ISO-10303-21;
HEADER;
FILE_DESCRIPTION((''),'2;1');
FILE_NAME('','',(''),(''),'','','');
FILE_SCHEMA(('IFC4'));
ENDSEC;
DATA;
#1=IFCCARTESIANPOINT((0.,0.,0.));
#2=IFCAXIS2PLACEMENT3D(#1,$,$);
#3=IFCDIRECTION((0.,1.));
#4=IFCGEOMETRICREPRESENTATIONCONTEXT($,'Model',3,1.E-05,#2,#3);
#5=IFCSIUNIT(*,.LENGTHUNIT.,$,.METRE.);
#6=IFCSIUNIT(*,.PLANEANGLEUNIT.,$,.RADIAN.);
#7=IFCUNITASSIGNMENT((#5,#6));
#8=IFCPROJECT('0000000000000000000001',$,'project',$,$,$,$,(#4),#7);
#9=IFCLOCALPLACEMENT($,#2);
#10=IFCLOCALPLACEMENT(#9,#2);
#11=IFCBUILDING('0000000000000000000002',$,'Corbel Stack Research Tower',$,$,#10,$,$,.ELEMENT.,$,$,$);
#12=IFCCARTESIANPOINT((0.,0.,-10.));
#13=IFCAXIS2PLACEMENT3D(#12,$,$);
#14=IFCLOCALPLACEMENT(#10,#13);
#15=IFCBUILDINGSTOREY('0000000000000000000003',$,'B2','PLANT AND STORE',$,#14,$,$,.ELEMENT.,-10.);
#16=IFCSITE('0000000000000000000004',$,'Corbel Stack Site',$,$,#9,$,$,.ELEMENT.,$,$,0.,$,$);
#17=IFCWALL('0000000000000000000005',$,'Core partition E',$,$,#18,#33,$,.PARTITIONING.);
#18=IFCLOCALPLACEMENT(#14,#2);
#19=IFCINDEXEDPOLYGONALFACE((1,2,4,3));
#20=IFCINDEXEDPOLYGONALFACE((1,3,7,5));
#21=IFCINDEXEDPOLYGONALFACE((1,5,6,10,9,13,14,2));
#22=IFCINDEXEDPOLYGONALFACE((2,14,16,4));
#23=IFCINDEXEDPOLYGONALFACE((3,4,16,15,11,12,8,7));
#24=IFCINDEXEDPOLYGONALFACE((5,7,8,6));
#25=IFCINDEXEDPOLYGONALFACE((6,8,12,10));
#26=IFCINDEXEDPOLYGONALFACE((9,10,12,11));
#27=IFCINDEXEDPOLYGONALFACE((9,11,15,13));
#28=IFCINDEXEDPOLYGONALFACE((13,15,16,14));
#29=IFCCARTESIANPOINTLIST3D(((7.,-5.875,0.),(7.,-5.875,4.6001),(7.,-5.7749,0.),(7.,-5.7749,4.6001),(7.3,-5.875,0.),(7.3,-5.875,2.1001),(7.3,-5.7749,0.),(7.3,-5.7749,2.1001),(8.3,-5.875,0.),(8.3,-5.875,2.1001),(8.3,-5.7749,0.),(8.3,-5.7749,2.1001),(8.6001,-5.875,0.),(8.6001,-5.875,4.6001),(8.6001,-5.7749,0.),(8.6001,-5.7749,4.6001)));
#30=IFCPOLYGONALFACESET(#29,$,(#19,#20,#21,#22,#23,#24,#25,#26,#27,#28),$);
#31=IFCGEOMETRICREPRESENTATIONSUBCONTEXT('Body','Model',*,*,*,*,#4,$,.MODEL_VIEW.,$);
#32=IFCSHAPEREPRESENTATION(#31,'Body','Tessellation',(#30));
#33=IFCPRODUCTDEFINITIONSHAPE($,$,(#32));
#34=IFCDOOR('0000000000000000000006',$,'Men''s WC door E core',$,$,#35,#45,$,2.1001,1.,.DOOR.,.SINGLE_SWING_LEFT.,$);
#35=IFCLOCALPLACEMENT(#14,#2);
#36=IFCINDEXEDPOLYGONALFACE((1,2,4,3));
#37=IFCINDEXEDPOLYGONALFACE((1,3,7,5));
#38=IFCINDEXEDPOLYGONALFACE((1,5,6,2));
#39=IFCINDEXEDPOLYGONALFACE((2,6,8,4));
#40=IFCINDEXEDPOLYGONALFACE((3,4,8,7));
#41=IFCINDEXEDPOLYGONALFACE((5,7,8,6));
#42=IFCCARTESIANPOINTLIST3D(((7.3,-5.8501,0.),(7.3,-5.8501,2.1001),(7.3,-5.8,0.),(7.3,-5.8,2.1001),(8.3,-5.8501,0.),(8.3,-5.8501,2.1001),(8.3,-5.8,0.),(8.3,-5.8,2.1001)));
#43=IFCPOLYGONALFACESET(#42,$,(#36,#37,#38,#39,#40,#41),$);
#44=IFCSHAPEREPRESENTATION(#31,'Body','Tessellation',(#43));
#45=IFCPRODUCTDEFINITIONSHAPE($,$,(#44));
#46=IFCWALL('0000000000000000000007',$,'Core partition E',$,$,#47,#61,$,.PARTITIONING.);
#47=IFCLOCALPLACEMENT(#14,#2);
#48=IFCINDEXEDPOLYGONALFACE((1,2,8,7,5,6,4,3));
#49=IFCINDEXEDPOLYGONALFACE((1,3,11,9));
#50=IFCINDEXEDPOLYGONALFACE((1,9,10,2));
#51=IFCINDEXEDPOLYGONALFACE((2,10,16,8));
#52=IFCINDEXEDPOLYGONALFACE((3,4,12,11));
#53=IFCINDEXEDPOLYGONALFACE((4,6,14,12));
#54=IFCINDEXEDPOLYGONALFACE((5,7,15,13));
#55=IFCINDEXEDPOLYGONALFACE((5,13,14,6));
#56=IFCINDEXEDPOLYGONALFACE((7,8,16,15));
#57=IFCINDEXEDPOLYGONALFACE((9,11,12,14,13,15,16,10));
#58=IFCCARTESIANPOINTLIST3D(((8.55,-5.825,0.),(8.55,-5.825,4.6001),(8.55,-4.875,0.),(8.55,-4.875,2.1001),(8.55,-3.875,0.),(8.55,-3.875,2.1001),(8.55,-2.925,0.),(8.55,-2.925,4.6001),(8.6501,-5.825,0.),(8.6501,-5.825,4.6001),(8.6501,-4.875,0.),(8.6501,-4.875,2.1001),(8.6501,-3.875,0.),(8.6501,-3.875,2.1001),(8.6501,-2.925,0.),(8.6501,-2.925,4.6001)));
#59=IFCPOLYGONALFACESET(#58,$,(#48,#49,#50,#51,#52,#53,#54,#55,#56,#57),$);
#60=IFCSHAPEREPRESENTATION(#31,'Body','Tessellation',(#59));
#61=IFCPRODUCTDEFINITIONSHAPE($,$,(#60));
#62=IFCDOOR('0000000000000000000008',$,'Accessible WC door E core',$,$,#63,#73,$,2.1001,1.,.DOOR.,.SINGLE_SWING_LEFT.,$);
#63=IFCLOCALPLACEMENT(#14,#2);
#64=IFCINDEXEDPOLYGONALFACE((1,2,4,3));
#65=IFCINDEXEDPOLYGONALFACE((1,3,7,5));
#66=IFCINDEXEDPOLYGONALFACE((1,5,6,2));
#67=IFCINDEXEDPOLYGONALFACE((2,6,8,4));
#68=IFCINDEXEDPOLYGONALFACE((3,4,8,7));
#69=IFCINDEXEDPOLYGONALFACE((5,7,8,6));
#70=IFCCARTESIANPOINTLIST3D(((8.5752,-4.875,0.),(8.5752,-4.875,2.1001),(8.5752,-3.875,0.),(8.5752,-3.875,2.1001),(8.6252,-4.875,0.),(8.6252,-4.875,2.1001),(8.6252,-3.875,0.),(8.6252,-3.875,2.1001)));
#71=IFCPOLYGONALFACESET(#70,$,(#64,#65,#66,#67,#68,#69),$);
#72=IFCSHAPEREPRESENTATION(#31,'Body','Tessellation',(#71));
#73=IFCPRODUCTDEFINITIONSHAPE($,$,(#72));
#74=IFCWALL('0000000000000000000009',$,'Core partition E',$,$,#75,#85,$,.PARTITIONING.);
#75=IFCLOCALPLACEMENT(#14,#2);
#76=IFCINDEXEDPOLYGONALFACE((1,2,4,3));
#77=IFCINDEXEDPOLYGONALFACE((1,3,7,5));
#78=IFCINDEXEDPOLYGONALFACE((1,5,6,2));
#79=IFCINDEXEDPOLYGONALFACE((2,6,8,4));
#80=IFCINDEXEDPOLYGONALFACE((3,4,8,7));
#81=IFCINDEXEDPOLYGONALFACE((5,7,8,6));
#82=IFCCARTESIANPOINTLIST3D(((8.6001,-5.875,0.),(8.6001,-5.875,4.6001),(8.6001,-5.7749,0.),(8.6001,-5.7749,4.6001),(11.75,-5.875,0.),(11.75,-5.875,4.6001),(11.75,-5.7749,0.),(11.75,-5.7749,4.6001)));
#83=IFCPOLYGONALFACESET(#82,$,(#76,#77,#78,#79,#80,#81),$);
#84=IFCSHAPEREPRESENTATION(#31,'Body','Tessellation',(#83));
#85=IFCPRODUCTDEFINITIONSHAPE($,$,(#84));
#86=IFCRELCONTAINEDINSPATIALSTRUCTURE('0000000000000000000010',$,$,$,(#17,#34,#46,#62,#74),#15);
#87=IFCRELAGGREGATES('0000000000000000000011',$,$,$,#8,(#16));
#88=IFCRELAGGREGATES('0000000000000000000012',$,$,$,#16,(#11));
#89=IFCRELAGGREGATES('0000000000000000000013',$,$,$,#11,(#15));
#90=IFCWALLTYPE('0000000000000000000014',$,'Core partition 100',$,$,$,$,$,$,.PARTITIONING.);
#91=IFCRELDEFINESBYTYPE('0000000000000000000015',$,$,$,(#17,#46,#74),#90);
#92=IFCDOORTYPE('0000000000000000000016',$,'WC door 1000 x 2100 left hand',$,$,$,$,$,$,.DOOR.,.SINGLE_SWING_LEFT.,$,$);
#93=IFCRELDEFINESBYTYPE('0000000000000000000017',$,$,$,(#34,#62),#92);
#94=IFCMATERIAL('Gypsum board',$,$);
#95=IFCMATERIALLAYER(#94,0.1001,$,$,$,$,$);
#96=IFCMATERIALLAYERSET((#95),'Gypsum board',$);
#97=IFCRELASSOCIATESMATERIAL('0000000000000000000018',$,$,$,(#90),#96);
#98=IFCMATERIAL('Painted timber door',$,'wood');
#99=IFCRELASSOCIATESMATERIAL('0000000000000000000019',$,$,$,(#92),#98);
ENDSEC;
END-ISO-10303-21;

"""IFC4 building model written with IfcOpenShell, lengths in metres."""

from ifc_helpers import new_model, si_unit, direction, frame, frame_2d, origin, place, context, subcontext, project, spatial, rectangle, extrude, material, layer, layer_set, type_object, element, fill, save


model = new_model("IFC4")

# Units and contexts
model_context = context("Model", 3, precision=1e-05, world=origin(), true_north=direction((0.0, 1.0)))
body_context = subcontext(model_context, "Body", "Model", "MODEL_VIEW")
ifc_project = project(units=[si_unit("LENGTHUNIT", "METRE"), si_unit("PLANEANGLEUNIT", "RADIAN")], contexts=[model_context])

# Site, building, storey
site_placement = place(None, origin())
site = spatial("IfcSite", under=ifc_project, at=site_placement, Name="Corbel Stack Site", CompositionType="ELEMENT", RefElevation=0.0)
building_placement = place(site_placement, origin())
building = spatial("IfcBuilding", under=site, at=building_placement, Name="Corbel Stack Research Tower", CompositionType="ELEMENT")
storey_placement = place(building_placement, frame((0.0, 0.0, -10.0)))
storey = spatial("IfcBuildingStorey", under=building, at=storey_placement, Name="B2", Description="PLANT AND STORE", CompositionType="ELEMENT", Elevation=-10.0)

# Walls, openings, doors
ifc_material_1 = material(Name="Gypsum board")
ifc_layer_1 = layer(ifc_material_1, 0.1001)
ifc_layer_set_1 = layer_set([ifc_layer_1], Name="Gypsum board")
wall_type_1 = type_object("IfcWallType", Name="Core partition 100", PredefinedType="PARTITIONING", material=ifc_layer_set_1)
wall_1_placement = place(storey_placement, frame((7.0, -5.825, 0.0), z_axis=(0.0, 0.0, 1.0), x_axis=(1.0, 0.0, 0.0)))
wall_1 = element("IfcWall", 1, at=wall_1_placement, inside=storey, type_object=wall_type_1, Name="Core partition E", PredefinedType="PARTITIONING", context=body_context, shape_type="SweptSolid", body=[
    extrude(rectangle(XDim=1.6001, YDim=0.1001, at=frame_2d((0.8, 0.0))), origin(), (0.0, 0.0, 1.0), 4.6001),
])
opening_1_placement = place(wall_1_placement, frame((0.3, 0.0, 0.0)))
opening_1 = element("IfcOpeningElement", 2, at=opening_1_placement, cuts=wall_1, PredefinedType="OPENING", context=body_context, shape_type="SweptSolid", body=[
    extrude(rectangle(XDim=1.0, YDim=2.1001, at=frame_2d((0.5, 1.05))), frame((0.0, 0.0601, 0.0), z_axis=(0.0, -1.0, 0.0), x_axis=(1.0, 0.0, 0.0)), (0.0, 0.0, 1.0), 0.1201),
])
ifc_material_2 = material(Name="Painted timber door", Category="wood")
door_type_1 = type_object("IfcDoorType", Name="WC door 1000 x 2100 left hand", OperationType="SINGLE_SWING_LEFT", PredefinedType="DOOR", material=ifc_material_2)
door_1_placement = place(opening_1_placement, origin())
door_1 = element("IfcDoor", 3, at=door_1_placement, inside=storey, type_object=door_type_1, Name="Men's WC door E core", OperationType="SINGLE_SWING_LEFT", OverallHeight=2.1001, OverallWidth=1.0, PredefinedType="DOOR", context=body_context, shape_type="SweptSolid", body=[
    extrude(rectangle(XDim=1.0, YDim=2.1001, at=frame_2d((0.5, 1.05))), frame((0.0, 0.0249, 0.0), z_axis=(0.0, -1.0, 0.0), x_axis=(1.0, 0.0, 0.0)), (0.0, 0.0, 1.0), 0.05),
])
fill(opening_1, door_1)
wall_2_placement = place(storey_placement, frame((8.6001, -5.825, 0.0), z_axis=(0.0, 0.0, 1.0), x_axis=(0.0, 1.0, 0.0)))
wall_2 = element("IfcWall", 4, at=wall_2_placement, inside=storey, type_object=wall_type_1, Name="Core partition E", PredefinedType="PARTITIONING", context=body_context, shape_type="SweptSolid", body=[
    extrude(rectangle(XDim=2.8999, YDim=0.1001, at=frame_2d((1.45, 0.0))), origin(), (0.0, 0.0, 1.0), 4.6001),
])
opening_2_placement = place(wall_2_placement, frame((0.95, 0.0, 0.0)))
opening_2 = element("IfcOpeningElement", 5, at=opening_2_placement, cuts=wall_2, PredefinedType="OPENING", context=body_context, shape_type="SweptSolid", body=[
    extrude(rectangle(XDim=1.0, YDim=2.1001, at=frame_2d((0.5, 1.05))), frame((0.0, 0.0601, 0.0), z_axis=(0.0, -1.0, 0.0), x_axis=(1.0, 0.0, 0.0)), (0.0, 0.0, 1.0), 0.1201),
])
door_2_placement = place(opening_2_placement, origin())
door_2 = element("IfcDoor", 6, at=door_2_placement, inside=storey, type_object=door_type_1, Name="Accessible WC door E core", OperationType="SINGLE_SWING_LEFT", OverallHeight=2.1001, OverallWidth=1.0, PredefinedType="DOOR", context=body_context, shape_type="SweptSolid", body=[
    extrude(rectangle(XDim=1.0, YDim=2.1001, at=frame_2d((0.5, 1.05))), frame((0.0, 0.0249, 0.0), z_axis=(0.0, -1.0, 0.0), x_axis=(1.0, 0.0, 0.0)), (0.0, 0.0, 1.0), 0.05),
])
fill(opening_2, door_2)

# Wall
wall_3_placement = place(storey_placement, frame((8.6001, -5.825, 0.0), z_axis=(0.0, 0.0, 1.0), x_axis=(1.0, 0.0, 0.0)))
element("IfcWall", 7, at=wall_3_placement, inside=storey, type_object=wall_type_1, Name="Core partition E", PredefinedType="PARTITIONING", context=body_context, shape_type="SweptSolid", body=[
    extrude(rectangle(XDim=3.1499, YDim=0.1001, at=frame_2d((1.575, 0.0))), origin(), (0.0, 0.0, 1.0), 4.6001),
])

save(model, "model.ifc")
